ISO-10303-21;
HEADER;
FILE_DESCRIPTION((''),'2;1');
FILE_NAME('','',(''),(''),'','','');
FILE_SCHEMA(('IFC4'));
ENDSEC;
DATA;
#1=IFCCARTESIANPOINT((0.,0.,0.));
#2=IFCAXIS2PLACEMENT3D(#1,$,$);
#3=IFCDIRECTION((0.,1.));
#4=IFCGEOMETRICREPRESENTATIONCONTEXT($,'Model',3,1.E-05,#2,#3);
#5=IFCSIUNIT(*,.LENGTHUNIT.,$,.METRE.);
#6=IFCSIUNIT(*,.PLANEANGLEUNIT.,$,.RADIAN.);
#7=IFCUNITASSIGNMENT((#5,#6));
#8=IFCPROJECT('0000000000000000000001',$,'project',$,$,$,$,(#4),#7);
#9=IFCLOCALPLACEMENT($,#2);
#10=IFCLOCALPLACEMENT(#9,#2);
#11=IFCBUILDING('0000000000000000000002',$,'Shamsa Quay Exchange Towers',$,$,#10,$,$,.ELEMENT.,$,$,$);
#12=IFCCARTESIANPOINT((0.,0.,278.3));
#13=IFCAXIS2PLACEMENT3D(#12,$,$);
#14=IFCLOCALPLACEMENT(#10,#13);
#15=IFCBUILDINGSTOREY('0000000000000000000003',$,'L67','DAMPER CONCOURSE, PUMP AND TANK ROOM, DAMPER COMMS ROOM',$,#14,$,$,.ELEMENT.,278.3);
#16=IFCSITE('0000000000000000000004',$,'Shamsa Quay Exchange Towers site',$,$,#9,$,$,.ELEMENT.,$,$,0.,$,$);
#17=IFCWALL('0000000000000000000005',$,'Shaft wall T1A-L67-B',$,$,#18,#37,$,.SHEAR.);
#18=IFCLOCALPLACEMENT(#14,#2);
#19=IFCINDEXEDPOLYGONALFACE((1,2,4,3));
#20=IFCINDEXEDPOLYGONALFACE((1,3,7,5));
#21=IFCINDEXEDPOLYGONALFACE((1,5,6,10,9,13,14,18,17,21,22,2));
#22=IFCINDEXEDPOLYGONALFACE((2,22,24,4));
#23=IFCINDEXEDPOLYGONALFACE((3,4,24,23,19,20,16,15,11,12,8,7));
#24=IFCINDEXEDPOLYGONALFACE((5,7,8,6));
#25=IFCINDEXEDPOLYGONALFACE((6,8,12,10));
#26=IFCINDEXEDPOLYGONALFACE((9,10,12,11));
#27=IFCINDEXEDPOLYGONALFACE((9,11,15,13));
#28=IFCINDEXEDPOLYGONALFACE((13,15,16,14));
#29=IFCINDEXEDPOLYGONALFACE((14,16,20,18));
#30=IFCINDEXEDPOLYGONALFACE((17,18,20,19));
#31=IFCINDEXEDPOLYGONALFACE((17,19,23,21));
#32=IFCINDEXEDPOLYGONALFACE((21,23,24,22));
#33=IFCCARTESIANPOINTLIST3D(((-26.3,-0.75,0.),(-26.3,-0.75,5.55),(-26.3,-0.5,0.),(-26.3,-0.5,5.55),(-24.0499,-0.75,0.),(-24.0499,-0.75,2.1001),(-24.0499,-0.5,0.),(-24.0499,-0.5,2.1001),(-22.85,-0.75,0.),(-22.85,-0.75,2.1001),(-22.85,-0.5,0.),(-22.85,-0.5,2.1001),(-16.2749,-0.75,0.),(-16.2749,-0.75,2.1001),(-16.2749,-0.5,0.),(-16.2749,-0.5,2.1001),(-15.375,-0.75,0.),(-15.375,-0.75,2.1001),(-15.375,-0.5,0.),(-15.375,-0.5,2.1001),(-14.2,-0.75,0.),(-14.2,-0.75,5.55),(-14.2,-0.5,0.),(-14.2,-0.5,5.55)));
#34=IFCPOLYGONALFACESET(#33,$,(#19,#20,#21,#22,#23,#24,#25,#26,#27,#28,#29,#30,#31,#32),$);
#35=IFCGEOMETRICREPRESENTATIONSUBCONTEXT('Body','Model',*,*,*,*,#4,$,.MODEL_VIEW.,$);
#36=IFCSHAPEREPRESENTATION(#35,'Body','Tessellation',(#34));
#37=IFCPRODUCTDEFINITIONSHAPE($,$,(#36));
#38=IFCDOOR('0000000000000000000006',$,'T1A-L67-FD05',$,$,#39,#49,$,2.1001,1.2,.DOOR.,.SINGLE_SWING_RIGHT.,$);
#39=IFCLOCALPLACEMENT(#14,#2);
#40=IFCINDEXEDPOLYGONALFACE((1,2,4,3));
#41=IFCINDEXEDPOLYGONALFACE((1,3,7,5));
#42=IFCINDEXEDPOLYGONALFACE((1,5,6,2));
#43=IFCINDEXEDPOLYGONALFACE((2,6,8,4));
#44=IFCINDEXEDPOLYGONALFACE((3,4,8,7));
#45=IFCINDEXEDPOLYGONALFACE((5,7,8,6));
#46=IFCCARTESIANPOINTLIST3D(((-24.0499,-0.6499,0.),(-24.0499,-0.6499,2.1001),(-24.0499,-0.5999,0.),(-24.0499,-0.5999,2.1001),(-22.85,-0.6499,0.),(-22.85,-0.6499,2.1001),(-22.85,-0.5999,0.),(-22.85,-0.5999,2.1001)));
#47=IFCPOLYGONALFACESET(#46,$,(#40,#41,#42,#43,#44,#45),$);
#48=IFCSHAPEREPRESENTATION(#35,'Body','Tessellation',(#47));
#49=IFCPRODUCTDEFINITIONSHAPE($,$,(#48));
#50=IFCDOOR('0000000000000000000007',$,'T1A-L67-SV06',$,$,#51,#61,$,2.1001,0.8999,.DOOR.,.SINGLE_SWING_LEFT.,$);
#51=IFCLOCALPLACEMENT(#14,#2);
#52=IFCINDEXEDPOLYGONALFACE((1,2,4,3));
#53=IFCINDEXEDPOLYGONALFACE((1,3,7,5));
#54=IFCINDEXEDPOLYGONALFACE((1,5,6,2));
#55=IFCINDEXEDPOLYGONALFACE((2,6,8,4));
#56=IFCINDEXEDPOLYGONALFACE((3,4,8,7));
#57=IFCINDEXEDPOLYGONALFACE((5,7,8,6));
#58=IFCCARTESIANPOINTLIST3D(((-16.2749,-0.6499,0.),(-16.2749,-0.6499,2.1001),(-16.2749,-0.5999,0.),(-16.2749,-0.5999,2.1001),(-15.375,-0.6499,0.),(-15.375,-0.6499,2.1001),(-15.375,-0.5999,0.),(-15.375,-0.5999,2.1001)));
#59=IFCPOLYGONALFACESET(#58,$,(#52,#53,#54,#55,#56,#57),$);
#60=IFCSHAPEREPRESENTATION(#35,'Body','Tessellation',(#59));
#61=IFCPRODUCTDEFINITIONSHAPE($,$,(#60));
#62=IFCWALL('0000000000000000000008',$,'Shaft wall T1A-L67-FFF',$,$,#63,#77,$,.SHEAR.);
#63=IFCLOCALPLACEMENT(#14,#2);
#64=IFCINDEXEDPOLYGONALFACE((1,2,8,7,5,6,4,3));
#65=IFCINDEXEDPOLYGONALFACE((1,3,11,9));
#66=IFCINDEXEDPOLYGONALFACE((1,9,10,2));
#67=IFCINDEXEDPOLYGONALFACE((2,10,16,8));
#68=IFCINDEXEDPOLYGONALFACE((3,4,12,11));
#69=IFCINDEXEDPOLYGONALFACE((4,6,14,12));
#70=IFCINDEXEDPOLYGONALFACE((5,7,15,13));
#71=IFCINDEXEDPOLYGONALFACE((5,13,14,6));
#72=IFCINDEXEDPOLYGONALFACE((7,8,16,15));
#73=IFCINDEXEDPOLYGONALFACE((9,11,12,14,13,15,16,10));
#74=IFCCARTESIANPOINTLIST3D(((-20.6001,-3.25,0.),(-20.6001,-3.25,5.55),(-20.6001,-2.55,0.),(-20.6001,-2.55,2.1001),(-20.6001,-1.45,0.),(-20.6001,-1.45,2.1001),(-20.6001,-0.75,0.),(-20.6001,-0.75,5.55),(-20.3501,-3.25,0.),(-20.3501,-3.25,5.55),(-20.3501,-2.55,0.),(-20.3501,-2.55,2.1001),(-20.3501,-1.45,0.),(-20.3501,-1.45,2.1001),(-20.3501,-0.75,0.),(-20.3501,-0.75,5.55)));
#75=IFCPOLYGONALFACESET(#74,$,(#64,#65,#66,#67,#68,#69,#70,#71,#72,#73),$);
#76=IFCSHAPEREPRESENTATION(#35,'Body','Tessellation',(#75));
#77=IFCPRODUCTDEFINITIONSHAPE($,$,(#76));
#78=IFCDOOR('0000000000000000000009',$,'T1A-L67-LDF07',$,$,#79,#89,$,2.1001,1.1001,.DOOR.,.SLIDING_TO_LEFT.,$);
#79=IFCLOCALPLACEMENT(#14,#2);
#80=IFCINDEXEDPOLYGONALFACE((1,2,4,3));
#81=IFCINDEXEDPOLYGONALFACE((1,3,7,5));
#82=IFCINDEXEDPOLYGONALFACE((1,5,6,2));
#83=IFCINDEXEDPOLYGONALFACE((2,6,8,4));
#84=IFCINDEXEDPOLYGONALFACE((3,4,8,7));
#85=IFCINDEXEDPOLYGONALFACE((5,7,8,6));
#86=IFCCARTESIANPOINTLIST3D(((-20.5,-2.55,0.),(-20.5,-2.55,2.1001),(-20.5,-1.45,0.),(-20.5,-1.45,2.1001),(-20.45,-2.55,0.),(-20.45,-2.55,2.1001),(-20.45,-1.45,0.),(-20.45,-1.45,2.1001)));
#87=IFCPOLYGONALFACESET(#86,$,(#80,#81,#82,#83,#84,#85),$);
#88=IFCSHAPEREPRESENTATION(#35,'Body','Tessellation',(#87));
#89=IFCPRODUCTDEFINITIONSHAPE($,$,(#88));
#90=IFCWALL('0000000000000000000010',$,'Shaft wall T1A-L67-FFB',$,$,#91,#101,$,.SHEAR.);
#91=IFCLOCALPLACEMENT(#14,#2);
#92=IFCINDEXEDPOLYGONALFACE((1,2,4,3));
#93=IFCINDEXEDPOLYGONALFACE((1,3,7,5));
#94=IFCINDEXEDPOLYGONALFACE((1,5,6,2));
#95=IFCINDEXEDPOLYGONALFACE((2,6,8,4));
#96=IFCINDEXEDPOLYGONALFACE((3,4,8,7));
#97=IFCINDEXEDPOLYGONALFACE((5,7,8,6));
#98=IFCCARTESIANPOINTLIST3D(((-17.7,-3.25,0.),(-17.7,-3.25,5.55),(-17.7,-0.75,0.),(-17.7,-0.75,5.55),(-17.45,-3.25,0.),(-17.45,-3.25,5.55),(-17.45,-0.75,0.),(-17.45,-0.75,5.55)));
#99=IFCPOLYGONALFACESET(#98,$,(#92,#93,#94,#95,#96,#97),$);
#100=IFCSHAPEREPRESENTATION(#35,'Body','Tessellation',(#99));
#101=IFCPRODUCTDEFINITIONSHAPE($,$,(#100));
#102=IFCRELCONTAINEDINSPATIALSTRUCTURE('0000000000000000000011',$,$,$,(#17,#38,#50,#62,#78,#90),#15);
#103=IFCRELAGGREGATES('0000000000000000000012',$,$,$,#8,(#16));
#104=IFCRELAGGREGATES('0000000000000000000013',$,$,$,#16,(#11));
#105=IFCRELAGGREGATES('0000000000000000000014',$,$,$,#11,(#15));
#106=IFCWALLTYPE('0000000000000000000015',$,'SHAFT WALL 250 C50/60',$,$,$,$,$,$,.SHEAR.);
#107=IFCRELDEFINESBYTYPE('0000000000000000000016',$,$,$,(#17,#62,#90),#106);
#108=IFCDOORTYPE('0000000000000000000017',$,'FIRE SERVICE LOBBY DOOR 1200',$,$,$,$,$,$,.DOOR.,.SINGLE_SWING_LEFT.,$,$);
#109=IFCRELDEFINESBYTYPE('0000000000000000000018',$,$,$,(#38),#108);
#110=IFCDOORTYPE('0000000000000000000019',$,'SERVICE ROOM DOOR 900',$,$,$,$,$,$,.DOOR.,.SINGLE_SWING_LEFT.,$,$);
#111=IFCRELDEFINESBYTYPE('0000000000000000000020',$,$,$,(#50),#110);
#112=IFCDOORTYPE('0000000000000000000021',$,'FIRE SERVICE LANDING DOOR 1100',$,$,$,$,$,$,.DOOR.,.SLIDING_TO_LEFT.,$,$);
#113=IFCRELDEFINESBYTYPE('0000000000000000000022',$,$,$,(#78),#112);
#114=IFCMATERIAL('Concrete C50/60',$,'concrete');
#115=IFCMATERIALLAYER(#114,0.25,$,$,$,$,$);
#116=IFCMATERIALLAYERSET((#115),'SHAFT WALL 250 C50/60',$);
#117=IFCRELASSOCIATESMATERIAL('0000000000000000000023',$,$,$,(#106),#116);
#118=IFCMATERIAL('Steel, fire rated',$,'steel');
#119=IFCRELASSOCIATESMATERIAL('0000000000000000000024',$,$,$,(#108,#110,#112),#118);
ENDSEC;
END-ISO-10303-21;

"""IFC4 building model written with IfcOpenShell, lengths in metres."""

from ifc_helpers import new_model, si_unit, direction, frame, frame_2d, origin, place, context, subcontext, project, spatial, rectangle, extrude, material, layer, layer_set, type_object, element, fill, save


model = new_model("IFC4")

# Units and contexts
model_context = context("Model", 3, precision=1e-05, world=origin(), true_north=direction((0.0, 1.0)))
body_context = subcontext(model_context, "Body", "Model", "MODEL_VIEW")
ifc_project = project(units=[si_unit("LENGTHUNIT", "METRE"), si_unit("PLANEANGLEUNIT", "RADIAN")], contexts=[model_context])

# Site, building, storey
site_placement = place(None, origin())
site = spatial("IfcSite", under=ifc_project, at=site_placement, Name="Shamsa Quay Exchange Towers site", CompositionType="ELEMENT", RefElevation=0.0)
building_placement = place(site_placement, origin())
building = spatial("IfcBuilding", under=site, at=building_placement, Name="Shamsa Quay Exchange Towers", CompositionType="ELEMENT")
storey_placement = place(building_placement, frame((0.0, 0.0, 278.3)))
storey = spatial("IfcBuildingStorey", under=building, at=storey_placement, Name="L67", Description="DAMPER CONCOURSE, PUMP AND TANK ROOM, DAMPER COMMS ROOM", CompositionType="ELEMENT", Elevation=278.3)

# Shared definitions
ifc_material_1 = material(Name="Concrete C50/60", Category="concrete")
ifc_layer_1 = layer(ifc_material_1, 0.25)
ifc_layer_set_1 = layer_set([ifc_layer_1], Name="SHAFT WALL 250 C50/60")
wall_type = type_object("IfcWallType", Name="SHAFT WALL 250 C50/60", PredefinedType="SHEAR", material=ifc_layer_set_1)
ifc_material_2 = material(Name="Steel, fire rated", Category="steel")

# Wall, openings, doors
wall_1_placement = place(storey_placement, frame((-14.2, -0.625, 0.0), z_axis=(0.0, 0.0, 1.0), x_axis=(-1.0, 0.0, 0.0)))
wall_1 = element("IfcWall", 1, at=wall_1_placement, inside=storey, type_object=wall_type, Name="Shaft wall T1A-L67-B", PredefinedType="SHEAR", context=body_context, shape_type="SweptSolid", body=[
    extrude(rectangle(XDim=12.1001, YDim=0.25, at=frame_2d((6.05, 0.0))), origin(), (0.0, 0.0, 1.0), 5.55),
])
opening_1_placement = place(wall_1_placement, frame((8.6499, 0.0, 0.0)))
opening_1 = element("IfcOpeningElement", 2, at=opening_1_placement, cuts=wall_1, PredefinedType="OPENING", context=body_context, shape_type="SweptSolid", body=[
    extrude(rectangle(XDim=1.2, YDim=2.1001, at=frame_2d((0.6001, 1.05))), frame((0.0, 0.135, 0.0), z_axis=(0.0, -1.0, 0.0), x_axis=(1.0, 0.0, 0.0)), (0.0, 0.0, 1.0), 0.27),
])
opening_2_placement = place(wall_1_placement, frame((1.175, 0.0, 0.0)))
opening_2 = element("IfcOpeningElement", 3, at=opening_2_placement, cuts=wall_1, PredefinedType="OPENING", context=body_context, shape_type="SweptSolid", body=[
    extrude(rectangle(XDim=0.8999, YDim=2.1001, at=frame_2d((0.45, 1.05))), frame((0.0, 0.135, 0.0), z_axis=(0.0, -1.0, 0.0), x_axis=(1.0, 0.0, 0.0)), (0.0, 0.0, 1.0), 0.27),
])
door_type_1 = type_object("IfcDoorType", Name="FIRE SERVICE LOBBY DOOR 1200", OperationType="SINGLE_SWING_LEFT", PredefinedType="DOOR", material=ifc_material_2)
door_1_placement = place(opening_1_placement, origin())
door_1 = element("IfcDoor", 4, at=door_1_placement, inside=storey, type_object=door_type_1, Name="T1A-L67-FD05", OperationType="SINGLE_SWING_RIGHT", OverallHeight=2.1001, OverallWidth=1.2, PredefinedType="DOOR", context=body_context, shape_type="SweptSolid", body=[
    extrude(rectangle(XDim=1.2, YDim=2.1001, at=frame_2d((0.6001, 1.05))), frame((0.0, 0.0249, 0.0), z_axis=(0.0, -1.0, 0.0), x_axis=(1.0, 0.0, 0.0)), (0.0, 0.0, 1.0), 0.05),
])
fill(opening_1, door_1)
door_type_2 = type_object("IfcDoorType", Name="SERVICE ROOM DOOR 900", OperationType="SINGLE_SWING_LEFT", PredefinedType="DOOR", material=ifc_material_2)
door_2_placement = place(opening_2_placement, origin())
door_2 = element("IfcDoor", 5, at=door_2_placement, inside=storey, type_object=door_type_2, Name="T1A-L67-SV06", OperationType="SINGLE_SWING_LEFT", OverallHeight=2.1001, OverallWidth=0.8999, PredefinedType="DOOR", context=body_context, shape_type="SweptSolid", body=[
    extrude(rectangle(XDim=0.8999, YDim=2.1001, at=frame_2d((0.45, 1.05))), frame((0.0, 0.0249, 0.0), z_axis=(0.0, -1.0, 0.0), x_axis=(1.0, 0.0, 0.0)), (0.0, 0.0, 1.0), 0.05),
])
fill(opening_2, door_2)

# Wall, opening, door
wall_2_placement = place(storey_placement, frame((-20.4751, -3.25, 0.0), z_axis=(0.0, 0.0, 1.0), x_axis=(0.0, 1.0, 0.0)))
wall_2 = element("IfcWall", 6, at=wall_2_placement, inside=storey, type_object=wall_type, Name="Shaft wall T1A-L67-FFF", PredefinedType="SHEAR", context=body_context, shape_type="SweptSolid", body=[
    extrude(rectangle(XDim=2.5, YDim=0.25, at=frame_2d((1.25, 0.0))), origin(), (0.0, 0.0, 1.0), 5.55),
])
opening_3_placement = place(wall_2_placement, frame((0.7, 0.0, 0.0)))
opening_3 = element("IfcOpeningElement", 7, at=opening_3_placement, cuts=wall_2, PredefinedType="OPENING", context=body_context, shape_type="SweptSolid", body=[
    extrude(rectangle(XDim=1.1001, YDim=2.1001, at=frame_2d((0.55, 1.05))), frame((0.0, 0.135, 0.0), z_axis=(0.0, -1.0, 0.0), x_axis=(1.0, 0.0, 0.0)), (0.0, 0.0, 1.0), 0.27),
])
door_type_3 = type_object("IfcDoorType", Name="FIRE SERVICE LANDING DOOR 1100", OperationType="SLIDING_TO_LEFT", PredefinedType="DOOR", material=ifc_material_2)
door_3_placement = place(opening_3_placement, origin())
door_3 = element("IfcDoor", 8, at=door_3_placement, inside=storey, type_object=door_type_3, Name="T1A-L67-LDF07", OperationType="SLIDING_TO_LEFT", OverallHeight=2.1001, OverallWidth=1.1001, PredefinedType="DOOR", context=body_context, shape_type="SweptSolid", body=[
    extrude(rectangle(XDim=1.1001, YDim=2.1001, at=frame_2d((0.55, 1.05))), frame((0.0, 0.0249, 0.0), z_axis=(0.0, -1.0, 0.0), x_axis=(1.0, 0.0, 0.0)), (0.0, 0.0, 1.0), 0.05),
])
fill(opening_3, door_3)

# Wall
wall_3_placement = place(storey_placement, frame((-17.575, -3.25, 0.0), z_axis=(0.0, 0.0, 1.0), x_axis=(0.0, 1.0, 0.0)))
element("IfcWall", 9, at=wall_3_placement, inside=storey, type_object=wall_type, Name="Shaft wall T1A-L67-FFB", PredefinedType="SHEAR", context=body_context, shape_type="SweptSolid", body=[
    extrude(rectangle(XDim=2.5, YDim=0.25, at=frame_2d((1.25, 0.0))), origin(), (0.0, 0.0, 1.0), 5.55),
])

save(model, "model.ifc")
